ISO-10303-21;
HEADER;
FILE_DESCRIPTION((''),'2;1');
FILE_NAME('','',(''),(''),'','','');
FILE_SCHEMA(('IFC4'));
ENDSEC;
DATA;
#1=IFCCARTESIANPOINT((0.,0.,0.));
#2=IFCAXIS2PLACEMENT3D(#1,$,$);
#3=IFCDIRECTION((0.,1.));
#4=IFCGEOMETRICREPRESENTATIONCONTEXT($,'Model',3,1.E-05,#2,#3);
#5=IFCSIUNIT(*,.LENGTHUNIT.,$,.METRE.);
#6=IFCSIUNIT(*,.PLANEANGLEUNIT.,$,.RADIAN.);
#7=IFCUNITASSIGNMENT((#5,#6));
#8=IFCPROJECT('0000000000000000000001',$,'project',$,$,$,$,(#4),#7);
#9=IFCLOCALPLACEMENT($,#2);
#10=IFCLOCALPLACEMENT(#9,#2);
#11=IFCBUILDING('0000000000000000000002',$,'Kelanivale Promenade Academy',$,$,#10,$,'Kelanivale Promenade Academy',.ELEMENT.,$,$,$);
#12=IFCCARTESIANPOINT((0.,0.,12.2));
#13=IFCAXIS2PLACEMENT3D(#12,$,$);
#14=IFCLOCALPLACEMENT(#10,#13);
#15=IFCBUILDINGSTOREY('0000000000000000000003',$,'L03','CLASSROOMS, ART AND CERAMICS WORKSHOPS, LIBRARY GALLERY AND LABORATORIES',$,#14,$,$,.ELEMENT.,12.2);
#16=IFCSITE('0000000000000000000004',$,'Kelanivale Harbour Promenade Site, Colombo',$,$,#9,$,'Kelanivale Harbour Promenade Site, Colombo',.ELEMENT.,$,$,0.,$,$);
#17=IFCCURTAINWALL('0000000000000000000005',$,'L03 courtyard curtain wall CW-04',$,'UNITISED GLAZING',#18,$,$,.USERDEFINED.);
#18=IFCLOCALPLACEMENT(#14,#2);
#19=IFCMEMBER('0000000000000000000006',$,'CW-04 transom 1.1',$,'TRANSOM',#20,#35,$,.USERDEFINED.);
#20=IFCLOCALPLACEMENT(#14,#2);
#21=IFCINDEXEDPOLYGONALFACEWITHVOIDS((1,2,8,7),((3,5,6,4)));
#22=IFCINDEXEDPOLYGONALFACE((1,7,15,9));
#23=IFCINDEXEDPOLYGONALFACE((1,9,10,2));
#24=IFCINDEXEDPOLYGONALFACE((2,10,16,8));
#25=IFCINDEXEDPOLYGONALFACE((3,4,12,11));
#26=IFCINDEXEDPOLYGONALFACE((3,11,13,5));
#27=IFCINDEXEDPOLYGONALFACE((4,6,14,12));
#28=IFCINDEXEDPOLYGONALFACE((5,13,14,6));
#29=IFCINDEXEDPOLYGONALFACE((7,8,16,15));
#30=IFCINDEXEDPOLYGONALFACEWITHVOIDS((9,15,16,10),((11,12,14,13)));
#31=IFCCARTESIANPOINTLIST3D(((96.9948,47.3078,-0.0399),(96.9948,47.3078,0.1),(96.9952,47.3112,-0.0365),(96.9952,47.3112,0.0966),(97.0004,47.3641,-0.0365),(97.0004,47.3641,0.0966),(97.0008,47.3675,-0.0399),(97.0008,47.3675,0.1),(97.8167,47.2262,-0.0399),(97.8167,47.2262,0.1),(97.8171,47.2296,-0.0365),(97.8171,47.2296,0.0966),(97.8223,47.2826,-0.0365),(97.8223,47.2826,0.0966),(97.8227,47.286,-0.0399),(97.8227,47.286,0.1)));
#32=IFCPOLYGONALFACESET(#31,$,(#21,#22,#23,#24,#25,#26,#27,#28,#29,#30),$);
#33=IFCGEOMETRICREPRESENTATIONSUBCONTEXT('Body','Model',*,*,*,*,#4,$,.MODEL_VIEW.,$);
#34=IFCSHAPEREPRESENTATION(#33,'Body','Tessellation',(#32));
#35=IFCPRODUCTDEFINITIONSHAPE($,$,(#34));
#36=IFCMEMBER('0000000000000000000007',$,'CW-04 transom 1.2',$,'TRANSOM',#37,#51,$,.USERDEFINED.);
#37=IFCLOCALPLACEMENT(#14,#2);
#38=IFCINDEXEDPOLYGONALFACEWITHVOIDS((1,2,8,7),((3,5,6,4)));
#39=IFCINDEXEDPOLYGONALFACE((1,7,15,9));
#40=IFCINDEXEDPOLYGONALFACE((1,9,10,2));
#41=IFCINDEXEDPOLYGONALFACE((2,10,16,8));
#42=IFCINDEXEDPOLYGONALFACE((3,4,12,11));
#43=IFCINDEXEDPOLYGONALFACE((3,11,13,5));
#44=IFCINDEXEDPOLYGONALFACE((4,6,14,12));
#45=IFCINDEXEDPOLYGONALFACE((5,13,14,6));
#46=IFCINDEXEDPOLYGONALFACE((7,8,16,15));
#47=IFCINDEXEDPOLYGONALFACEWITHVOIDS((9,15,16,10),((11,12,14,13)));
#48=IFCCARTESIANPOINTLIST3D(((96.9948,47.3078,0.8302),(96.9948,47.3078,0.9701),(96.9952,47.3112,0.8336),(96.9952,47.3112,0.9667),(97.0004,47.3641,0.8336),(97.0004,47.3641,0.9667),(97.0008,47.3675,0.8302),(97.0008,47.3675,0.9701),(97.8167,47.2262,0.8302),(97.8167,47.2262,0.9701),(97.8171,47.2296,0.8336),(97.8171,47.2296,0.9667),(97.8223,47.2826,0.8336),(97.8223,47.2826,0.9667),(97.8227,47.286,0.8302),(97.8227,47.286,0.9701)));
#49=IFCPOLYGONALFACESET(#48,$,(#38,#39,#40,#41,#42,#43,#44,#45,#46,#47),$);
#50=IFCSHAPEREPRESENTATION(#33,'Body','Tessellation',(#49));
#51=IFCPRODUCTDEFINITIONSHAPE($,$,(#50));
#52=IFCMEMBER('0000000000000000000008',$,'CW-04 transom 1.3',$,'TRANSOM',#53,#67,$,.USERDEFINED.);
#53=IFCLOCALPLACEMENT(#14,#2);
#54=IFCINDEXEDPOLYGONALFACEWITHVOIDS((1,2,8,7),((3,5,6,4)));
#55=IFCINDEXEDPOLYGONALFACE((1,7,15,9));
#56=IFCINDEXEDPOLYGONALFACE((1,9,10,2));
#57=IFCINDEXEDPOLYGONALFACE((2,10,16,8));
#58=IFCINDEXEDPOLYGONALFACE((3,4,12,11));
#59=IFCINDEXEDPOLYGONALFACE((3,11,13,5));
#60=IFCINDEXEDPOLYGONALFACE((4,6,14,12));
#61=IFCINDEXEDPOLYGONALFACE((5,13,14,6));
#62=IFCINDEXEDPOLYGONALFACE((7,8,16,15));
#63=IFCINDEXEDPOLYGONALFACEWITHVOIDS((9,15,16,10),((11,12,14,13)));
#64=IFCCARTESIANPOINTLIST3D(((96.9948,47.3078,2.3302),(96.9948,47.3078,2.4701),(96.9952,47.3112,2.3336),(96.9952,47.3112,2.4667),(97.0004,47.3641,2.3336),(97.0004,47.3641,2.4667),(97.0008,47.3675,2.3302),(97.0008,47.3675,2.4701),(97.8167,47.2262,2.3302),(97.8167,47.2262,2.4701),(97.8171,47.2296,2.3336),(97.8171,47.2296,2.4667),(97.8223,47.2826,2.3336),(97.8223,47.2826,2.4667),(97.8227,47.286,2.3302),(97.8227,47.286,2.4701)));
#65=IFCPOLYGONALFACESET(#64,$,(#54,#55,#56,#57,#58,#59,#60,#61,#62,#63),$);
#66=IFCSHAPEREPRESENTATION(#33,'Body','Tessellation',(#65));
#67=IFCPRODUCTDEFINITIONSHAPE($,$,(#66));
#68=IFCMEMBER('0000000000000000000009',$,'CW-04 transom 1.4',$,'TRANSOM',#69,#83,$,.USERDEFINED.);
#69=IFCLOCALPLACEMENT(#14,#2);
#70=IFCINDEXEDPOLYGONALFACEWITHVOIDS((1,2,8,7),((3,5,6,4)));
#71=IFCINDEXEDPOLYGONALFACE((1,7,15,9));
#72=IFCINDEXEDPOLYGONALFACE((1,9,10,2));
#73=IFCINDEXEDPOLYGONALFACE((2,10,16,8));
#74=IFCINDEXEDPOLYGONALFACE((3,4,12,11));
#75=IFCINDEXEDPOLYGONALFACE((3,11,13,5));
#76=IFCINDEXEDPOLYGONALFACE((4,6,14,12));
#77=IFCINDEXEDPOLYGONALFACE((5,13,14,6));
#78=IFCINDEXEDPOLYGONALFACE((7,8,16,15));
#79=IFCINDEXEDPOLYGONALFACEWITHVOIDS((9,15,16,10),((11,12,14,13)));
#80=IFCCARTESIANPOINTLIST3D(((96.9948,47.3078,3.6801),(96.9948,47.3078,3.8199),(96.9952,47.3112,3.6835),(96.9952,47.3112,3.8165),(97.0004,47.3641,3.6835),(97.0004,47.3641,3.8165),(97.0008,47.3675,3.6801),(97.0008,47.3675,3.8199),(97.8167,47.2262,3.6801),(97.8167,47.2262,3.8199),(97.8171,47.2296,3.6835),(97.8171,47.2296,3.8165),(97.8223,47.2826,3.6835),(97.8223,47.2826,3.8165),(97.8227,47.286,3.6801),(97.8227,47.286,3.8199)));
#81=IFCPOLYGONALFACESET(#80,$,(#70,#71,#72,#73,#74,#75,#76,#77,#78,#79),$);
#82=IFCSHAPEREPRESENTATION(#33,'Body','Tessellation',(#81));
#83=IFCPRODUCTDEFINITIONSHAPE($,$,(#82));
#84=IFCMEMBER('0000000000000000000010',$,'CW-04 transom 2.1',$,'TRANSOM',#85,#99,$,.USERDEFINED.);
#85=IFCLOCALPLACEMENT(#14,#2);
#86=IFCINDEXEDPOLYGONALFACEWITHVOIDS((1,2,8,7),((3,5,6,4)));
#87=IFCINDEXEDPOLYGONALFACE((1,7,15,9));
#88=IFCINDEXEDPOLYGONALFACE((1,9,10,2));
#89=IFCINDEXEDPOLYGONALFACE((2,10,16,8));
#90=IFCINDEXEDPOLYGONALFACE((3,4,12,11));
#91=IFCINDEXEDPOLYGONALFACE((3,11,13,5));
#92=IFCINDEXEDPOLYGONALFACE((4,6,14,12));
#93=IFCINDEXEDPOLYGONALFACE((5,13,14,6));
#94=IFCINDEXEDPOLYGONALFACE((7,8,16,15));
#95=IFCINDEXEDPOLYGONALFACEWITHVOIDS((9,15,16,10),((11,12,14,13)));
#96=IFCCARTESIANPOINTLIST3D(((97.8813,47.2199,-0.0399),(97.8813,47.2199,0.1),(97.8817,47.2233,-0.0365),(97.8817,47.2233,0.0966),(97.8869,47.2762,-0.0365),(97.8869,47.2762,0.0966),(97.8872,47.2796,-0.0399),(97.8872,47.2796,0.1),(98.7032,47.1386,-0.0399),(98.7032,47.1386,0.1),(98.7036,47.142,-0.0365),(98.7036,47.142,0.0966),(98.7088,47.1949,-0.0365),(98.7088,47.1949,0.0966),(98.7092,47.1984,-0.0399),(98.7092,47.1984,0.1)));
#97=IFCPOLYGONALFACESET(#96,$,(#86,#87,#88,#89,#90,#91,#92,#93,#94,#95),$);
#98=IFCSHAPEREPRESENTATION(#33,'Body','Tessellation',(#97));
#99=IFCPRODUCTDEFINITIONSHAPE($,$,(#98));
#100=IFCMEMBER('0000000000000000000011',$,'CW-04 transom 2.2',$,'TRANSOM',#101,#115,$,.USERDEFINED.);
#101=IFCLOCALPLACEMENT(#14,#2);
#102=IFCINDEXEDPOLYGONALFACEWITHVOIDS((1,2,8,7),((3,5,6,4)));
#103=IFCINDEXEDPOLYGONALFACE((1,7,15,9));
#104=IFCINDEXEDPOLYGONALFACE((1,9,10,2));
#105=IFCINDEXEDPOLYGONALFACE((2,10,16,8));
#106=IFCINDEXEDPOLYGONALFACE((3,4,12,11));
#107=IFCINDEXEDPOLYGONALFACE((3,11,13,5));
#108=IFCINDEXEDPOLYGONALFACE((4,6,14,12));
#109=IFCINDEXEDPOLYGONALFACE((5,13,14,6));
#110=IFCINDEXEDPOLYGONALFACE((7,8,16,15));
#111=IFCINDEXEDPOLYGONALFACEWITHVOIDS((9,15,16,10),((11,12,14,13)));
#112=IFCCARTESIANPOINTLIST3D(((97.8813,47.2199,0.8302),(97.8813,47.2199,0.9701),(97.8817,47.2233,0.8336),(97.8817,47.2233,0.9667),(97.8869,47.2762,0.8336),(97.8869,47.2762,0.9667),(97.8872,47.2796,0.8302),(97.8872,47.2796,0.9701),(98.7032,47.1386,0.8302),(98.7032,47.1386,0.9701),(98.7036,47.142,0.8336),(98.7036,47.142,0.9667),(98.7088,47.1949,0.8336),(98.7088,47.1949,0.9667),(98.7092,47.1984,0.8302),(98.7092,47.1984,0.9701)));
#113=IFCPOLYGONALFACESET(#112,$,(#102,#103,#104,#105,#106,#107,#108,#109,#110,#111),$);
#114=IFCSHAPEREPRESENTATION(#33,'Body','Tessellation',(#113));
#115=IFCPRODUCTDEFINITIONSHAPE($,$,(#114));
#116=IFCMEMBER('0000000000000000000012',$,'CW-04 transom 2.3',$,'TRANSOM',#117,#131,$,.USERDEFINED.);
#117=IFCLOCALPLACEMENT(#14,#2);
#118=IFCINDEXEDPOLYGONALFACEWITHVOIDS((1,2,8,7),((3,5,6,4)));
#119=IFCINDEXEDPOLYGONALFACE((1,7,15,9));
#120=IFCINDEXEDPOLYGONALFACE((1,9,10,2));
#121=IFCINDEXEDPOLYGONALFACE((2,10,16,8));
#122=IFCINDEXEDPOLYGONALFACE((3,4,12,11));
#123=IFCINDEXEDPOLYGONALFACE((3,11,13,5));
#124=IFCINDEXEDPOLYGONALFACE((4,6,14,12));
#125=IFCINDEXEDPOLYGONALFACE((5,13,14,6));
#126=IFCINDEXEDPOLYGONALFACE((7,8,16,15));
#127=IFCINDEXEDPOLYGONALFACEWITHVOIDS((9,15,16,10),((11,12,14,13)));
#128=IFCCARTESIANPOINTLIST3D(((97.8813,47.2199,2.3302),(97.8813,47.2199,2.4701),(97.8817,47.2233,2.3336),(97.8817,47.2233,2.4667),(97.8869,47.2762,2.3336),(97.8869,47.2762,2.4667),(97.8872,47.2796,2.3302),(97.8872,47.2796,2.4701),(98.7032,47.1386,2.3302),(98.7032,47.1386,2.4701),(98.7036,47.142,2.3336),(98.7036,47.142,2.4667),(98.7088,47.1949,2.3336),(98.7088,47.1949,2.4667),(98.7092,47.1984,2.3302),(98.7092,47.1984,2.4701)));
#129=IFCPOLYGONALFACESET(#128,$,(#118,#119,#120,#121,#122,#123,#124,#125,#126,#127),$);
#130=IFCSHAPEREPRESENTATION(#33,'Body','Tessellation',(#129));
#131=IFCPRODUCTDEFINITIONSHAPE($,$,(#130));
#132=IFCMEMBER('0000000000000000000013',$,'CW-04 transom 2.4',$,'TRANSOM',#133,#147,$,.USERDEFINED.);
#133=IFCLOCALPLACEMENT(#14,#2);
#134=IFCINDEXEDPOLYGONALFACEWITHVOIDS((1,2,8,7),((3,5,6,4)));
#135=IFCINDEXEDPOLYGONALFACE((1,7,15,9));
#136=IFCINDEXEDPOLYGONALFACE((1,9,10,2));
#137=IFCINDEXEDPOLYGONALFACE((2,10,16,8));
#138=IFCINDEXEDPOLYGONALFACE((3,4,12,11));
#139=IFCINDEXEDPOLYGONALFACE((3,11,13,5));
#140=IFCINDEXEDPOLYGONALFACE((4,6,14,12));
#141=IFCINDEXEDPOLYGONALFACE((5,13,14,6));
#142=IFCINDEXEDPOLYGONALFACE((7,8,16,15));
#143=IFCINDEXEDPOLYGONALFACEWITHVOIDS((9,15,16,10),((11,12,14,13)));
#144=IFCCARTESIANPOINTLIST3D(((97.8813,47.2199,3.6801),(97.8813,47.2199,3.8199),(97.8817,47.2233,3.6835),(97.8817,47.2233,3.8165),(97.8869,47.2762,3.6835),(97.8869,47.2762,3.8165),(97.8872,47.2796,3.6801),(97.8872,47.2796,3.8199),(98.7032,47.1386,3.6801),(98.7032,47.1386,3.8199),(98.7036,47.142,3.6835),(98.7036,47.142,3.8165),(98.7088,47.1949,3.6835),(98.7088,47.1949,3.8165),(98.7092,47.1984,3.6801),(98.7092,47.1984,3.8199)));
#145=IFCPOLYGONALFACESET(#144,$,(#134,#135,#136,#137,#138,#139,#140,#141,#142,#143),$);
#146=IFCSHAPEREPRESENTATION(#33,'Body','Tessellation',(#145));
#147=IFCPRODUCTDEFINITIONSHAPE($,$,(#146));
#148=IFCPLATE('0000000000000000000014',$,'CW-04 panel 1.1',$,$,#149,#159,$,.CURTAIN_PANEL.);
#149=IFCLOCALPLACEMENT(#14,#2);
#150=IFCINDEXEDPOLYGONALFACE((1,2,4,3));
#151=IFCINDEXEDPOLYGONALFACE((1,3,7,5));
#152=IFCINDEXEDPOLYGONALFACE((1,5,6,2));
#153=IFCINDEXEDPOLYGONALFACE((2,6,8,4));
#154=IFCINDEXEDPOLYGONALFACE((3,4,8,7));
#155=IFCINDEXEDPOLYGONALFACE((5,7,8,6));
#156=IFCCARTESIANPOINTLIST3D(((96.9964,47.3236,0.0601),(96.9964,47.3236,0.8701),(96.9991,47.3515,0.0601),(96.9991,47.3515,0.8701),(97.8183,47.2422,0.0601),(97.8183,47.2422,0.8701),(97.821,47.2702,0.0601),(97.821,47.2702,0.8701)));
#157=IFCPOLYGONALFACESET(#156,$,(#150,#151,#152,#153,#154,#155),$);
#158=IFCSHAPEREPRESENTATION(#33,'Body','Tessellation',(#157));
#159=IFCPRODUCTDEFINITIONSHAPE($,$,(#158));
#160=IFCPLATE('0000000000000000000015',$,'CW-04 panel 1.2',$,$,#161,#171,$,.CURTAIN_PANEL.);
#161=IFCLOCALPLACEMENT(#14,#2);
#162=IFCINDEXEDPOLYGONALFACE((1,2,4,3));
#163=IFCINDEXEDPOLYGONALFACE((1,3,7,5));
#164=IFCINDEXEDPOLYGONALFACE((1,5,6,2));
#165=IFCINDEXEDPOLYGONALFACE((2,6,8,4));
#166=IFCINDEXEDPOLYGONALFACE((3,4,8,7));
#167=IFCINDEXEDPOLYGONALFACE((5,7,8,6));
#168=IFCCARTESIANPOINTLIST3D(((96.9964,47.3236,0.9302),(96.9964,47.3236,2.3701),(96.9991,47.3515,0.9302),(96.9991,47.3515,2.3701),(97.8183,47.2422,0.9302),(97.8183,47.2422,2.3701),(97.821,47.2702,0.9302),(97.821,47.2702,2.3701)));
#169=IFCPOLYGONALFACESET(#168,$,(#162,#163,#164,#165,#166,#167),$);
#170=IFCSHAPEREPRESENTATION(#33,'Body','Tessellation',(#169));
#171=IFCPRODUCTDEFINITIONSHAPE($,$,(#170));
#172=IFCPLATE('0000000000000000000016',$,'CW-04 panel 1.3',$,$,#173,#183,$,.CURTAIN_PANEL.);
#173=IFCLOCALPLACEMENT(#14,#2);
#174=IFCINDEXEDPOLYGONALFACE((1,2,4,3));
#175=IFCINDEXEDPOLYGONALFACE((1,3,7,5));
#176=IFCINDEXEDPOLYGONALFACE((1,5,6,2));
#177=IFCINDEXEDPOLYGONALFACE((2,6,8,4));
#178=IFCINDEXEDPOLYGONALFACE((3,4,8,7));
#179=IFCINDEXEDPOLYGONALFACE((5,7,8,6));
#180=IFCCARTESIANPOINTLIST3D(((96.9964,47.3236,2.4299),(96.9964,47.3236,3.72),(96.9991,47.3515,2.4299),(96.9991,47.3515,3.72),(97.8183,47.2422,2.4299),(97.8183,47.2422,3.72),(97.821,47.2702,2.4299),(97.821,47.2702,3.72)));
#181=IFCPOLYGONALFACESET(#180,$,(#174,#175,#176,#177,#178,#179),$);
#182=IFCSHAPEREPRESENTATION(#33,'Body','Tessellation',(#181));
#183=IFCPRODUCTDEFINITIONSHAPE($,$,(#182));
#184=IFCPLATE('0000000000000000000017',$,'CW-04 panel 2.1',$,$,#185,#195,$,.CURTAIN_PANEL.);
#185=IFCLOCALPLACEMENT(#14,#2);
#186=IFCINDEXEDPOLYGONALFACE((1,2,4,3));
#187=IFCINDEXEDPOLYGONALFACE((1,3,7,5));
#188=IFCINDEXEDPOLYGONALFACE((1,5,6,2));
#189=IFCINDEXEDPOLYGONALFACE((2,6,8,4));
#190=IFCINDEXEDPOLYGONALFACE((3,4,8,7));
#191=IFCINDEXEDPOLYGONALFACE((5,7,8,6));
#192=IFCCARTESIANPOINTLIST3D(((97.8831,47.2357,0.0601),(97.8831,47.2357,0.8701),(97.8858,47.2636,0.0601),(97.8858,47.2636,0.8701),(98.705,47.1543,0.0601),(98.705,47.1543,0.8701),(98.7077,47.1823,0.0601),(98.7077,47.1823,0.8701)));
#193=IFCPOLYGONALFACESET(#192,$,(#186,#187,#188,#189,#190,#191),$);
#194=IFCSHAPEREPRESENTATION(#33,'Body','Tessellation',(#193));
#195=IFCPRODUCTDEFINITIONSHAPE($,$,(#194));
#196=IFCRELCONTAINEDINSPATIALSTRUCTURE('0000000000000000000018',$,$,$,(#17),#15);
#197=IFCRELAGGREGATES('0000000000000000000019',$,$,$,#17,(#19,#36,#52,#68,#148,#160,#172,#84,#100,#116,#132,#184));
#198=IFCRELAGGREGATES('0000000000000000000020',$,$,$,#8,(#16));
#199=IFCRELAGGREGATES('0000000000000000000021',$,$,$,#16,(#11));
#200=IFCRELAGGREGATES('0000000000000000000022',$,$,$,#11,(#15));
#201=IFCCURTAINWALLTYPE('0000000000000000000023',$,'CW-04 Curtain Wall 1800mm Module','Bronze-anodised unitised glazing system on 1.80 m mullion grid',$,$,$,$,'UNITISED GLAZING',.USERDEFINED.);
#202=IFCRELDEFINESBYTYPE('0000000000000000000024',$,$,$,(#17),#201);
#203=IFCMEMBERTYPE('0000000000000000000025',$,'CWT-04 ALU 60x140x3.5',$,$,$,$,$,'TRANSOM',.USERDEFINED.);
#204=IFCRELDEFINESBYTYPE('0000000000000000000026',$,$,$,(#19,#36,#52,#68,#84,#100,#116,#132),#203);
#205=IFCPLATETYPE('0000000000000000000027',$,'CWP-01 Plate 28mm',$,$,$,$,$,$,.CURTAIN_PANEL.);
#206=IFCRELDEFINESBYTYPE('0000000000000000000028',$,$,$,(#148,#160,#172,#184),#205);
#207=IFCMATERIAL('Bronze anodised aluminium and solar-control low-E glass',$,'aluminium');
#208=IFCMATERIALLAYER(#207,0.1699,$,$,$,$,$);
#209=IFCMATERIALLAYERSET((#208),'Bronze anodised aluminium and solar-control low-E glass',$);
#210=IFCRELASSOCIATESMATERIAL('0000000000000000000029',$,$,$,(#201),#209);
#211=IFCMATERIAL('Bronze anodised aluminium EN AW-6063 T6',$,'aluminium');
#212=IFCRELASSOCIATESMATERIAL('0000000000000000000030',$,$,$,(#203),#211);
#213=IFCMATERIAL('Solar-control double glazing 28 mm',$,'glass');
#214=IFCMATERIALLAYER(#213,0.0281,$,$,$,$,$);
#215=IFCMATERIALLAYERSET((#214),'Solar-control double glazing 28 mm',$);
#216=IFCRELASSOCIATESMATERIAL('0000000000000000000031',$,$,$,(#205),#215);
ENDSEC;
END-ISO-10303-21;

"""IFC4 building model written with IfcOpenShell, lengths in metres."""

from ifc_helpers import new_model, si_unit, direction, frame, origin, origin_2d, place, context, subcontext, project, spatial, rectangle, hollow_rectangle, extrude, material, layer, layer_set, material_profile, profile_set, type_object, element, aggregate, save


model = new_model("IFC4")

# Units and contexts
model_context = context("Model", 3, precision=1e-05, world=origin(), true_north=direction((0.0, 1.0)))
body_context = subcontext(model_context, "Body", "Model", "MODEL_VIEW")
ifc_project = project(units=[si_unit("LENGTHUNIT", "METRE"), si_unit("PLANEANGLEUNIT", "RADIAN")], contexts=[model_context])

# Site, building, storey
site_placement = place(None, origin())
site = spatial("IfcSite", under=ifc_project, at=site_placement, Name="Kelanivale Harbour Promenade Site, Colombo", LongName="Kelanivale Harbour Promenade Site, Colombo", CompositionType="ELEMENT", RefElevation=0.0)
building_placement = place(site_placement, origin())
building = spatial("IfcBuilding", under=site, at=building_placement, Name="Kelanivale Promenade Academy", LongName="Kelanivale Promenade Academy", CompositionType="ELEMENT")
storey_placement = place(building_placement, frame((0.0, 0.0, 12.2)))
storey = spatial("IfcBuildingStorey", under=building, at=storey_placement, Name="L03", Description="CLASSROOMS, ART AND CERAMICS WORKSHOPS, LIBRARY GALLERY AND LABORATORIES", CompositionType="ELEMENT", Elevation=12.2)

# Shared definitions
ifc_material_1 = material(Name="Bronze anodised aluminium and solar-control low-E glass", Category="aluminium")
ifc_material_2 = material(Name="Bronze anodised aluminium EN AW-6063 T6", Category="aluminium")

# Curtain wall
ifc_layer_1 = layer(ifc_material_1, 0.1699)
ifc_layer_set_1 = layer_set([ifc_layer_1], Name="Bronze anodised aluminium and solar-control low-E glass")
curtain_wall_type_1 = type_object("IfcCurtainWallType", Name="CW-04 Curtain Wall 1800mm Module", Description="Bronze-anodised unitised glazing system on 1.80 m mullion grid", ElementType="UNITISED GLAZING", PredefinedType="USERDEFINED", material=ifc_layer_set_1)
curtain_wall_1_placement = place(storey_placement, origin())
curtain_wall_1 = element("IfcCurtainWall", 1, at=curtain_wall_1_placement, inside=storey, type_object=curtain_wall_type_1, Name="L03 courtyard curtain wall CW-04", ObjectType="UNITISED GLAZING", PredefinedType="USERDEFINED")

# Members
ifc_material_profile_1 = material_profile(ifc_material_2, hollow_rectangle(XDim=0.0601, YDim=0.1399, WallThickness=0.0034, at=origin_2d()), Name="ALU 60x140x3.5")
ifc_profile_set_1 = profile_set([ifc_material_profile_1], Name="Bronze anodised aluminium EN AW-6063 T6")
member_type_1 = type_object("IfcMemberType", Name="CWT-04 ALU 60x140x3.5", ElementType="TRANSOM", PredefinedType="USERDEFINED", material=ifc_profile_set_1)
member_1_placement = place(storey_placement, frame((96.9978, 47.3376, 0.03), z_axis=(0.995113, -0.098743, 0.0), x_axis=(0.098743, 0.995113, 0.0)))
member_1 = element("IfcMember", 2, at=member_1_placement, type_object=member_type_1, Name="CW-04 transom 1.1", ObjectType="TRANSOM", PredefinedType="USERDEFINED", context=body_context, shape_type="SweptSolid", body=[
    extrude(hollow_rectangle(XDim=0.0601, YDim=0.1399, WallThickness=0.0034, at=origin_2d()), origin(), (0.0, 0.0, 1.0), 0.8259),
])
member_2_placement = place(storey_placement, frame((96.9978, 47.3376, 0.9001), z_axis=(0.995113, -0.098743, 0.0), x_axis=(0.098743, 0.995113, 0.0)))
member_2 = element("IfcMember", 3, at=member_2_placement, type_object=member_type_1, Name="CW-04 transom 1.2", ObjectType="TRANSOM", PredefinedType="USERDEFINED", context=body_context, shape_type="SweptSolid", body=[
    extrude(hollow_rectangle(XDim=0.0601, YDim=0.1399, WallThickness=0.0034, at=origin_2d()), origin(), (0.0, 0.0, 1.0), 0.8259),
])
member_3_placement = place(storey_placement, frame((96.9978, 47.3376, 2.4001), z_axis=(0.995113, -0.098743, 0.0), x_axis=(0.098743, 0.995113, 0.0)))
member_3 = element("IfcMember", 4, at=member_3_placement, type_object=member_type_1, Name="CW-04 transom 1.3", ObjectType="TRANSOM", PredefinedType="USERDEFINED", context=body_context, shape_type="SweptSolid", body=[
    extrude(hollow_rectangle(XDim=0.0601, YDim=0.1399, WallThickness=0.0034, at=origin_2d()), origin(), (0.0, 0.0, 1.0), 0.8259),
])
member_4_placement = place(storey_placement, frame((96.9978, 47.3376, 3.75), z_axis=(0.995113, -0.098743, 0.0), x_axis=(0.098743, 0.995113, 0.0)))
member_4 = element("IfcMember", 5, at=member_4_placement, type_object=member_type_1, Name="CW-04 transom 1.4", ObjectType="TRANSOM", PredefinedType="USERDEFINED", context=body_context, shape_type="SweptSolid", body=[
    extrude(hollow_rectangle(XDim=0.0601, YDim=0.1399, WallThickness=0.0034, at=origin_2d()), origin(), (0.0, 0.0, 1.0), 0.8259),
])
member_5_placement = place(storey_placement, frame((97.8843, 47.2498, 0.03), z_axis=(0.995145, -0.098421, 0.0), x_axis=(0.098421, 0.995145, 0.0)))
member_5 = element("IfcMember", 6, at=member_5_placement, type_object=member_type_1, Name="CW-04 transom 2.1", ObjectType="TRANSOM", PredefinedType="USERDEFINED", context=body_context, shape_type="SweptSolid", body=[
    extrude(hollow_rectangle(XDim=0.0601, YDim=0.1399, WallThickness=0.0034, at=origin_2d()), origin(), (0.0, 0.0, 1.0), 0.8259),
])
member_6_placement = place(storey_placement, frame((97.8843, 47.2498, 0.9001), z_axis=(0.995145, -0.098421, 0.0), x_axis=(0.098421, 0.995145, 0.0)))
member_6 = element("IfcMember", 7, at=member_6_placement, type_object=member_type_1, Name="CW-04 transom 2.2", ObjectType="TRANSOM", PredefinedType="USERDEFINED", context=body_context, shape_type="SweptSolid", body=[
    extrude(hollow_rectangle(XDim=0.0601, YDim=0.1399, WallThickness=0.0034, at=origin_2d()), origin(), (0.0, 0.0, 1.0), 0.8259),
])
member_7_placement = place(storey_placement, frame((97.8843, 47.2498, 2.4001), z_axis=(0.995145, -0.098421, 0.0), x_axis=(0.098421, 0.995145, 0.0)))
member_7 = element("IfcMember", 8, at=member_7_placement, type_object=member_type_1, Name="CW-04 transom 2.3", ObjectType="TRANSOM", PredefinedType="USERDEFINED", context=body_context, shape_type="SweptSolid", body=[
    extrude(hollow_rectangle(XDim=0.0601, YDim=0.1399, WallThickness=0.0034, at=origin_2d()), origin(), (0.0, 0.0, 1.0), 0.8259),
])
member_8_placement = place(storey_placement, frame((97.8843, 47.2498, 3.75), z_axis=(0.995145, -0.098421, 0.0), x_axis=(0.098421, 0.995145, 0.0)))
member_8 = element("IfcMember", 9, at=member_8_placement, type_object=member_type_1, Name="CW-04 transom 2.4", ObjectType="TRANSOM", PredefinedType="USERDEFINED", context=body_context, shape_type="SweptSolid", body=[
    extrude(hollow_rectangle(XDim=0.0601, YDim=0.1399, WallThickness=0.0034, at=origin_2d()), origin(), (0.0, 0.0, 1.0), 0.8259),
])

# Plates
ifc_material_3 = material(Name="Solar-control double glazing 28 mm", Category="glass")
ifc_layer_2 = layer(ifc_material_3, 0.0281)
ifc_layer_set_2 = layer_set([ifc_layer_2], Name="Solar-control double glazing 28 mm")
plate_type = type_object("IfcPlateType", Name="CWP-01 Plate 28mm", PredefinedType="CURTAIN_PANEL", material=ifc_layer_set_2)
plate_1_placement = place(storey_placement, frame((97.4087, 47.2969, 0.0601), z_axis=(0.0, 0.0, 1.0), x_axis=(0.995133, -0.098539, 0.0)))
plate_1 = element("IfcPlate", 10, at=plate_1_placement, type_object=plate_type, Name="CW-04 panel 1.1", PredefinedType="CURTAIN_PANEL", context=body_context, shape_type="SweptSolid", body=[
    extrude(rectangle(XDim=0.8259, YDim=0.0281, at=origin_2d()), origin(), (0.0, 0.0, 1.0), 0.8101),
])
plate_2_placement = place(storey_placement, frame((97.4087, 47.2969, 0.9302), z_axis=(0.0, 0.0, 1.0), x_axis=(0.995133, -0.098539, 0.0)))
plate_2 = element("IfcPlate", 11, at=plate_2_placement, type_object=plate_type, Name="CW-04 panel 1.2", PredefinedType="CURTAIN_PANEL", context=body_context, shape_type="SweptSolid", body=[
    extrude(rectangle(XDim=0.8259, YDim=0.0281, at=origin_2d()), origin(), (0.0, 0.0, 1.0), 1.4399),
])
plate_3_placement = place(storey_placement, frame((97.4087, 47.2969, 2.4299), z_axis=(0.0, 0.0, 1.0), x_axis=(0.995133, -0.098539, 0.0)))
plate_3 = element("IfcPlate", 12, at=plate_3_placement, type_object=plate_type, Name="CW-04 panel 1.3", PredefinedType="CURTAIN_PANEL", context=body_context, shape_type="SweptSolid", body=[
    extrude(rectangle(XDim=0.8259, YDim=0.0281, at=origin_2d()), origin(), (0.0, 0.0, 1.0), 1.29),
])
plate_4_placement = place(storey_placement, frame((98.2954, 47.209, 0.0601), z_axis=(0.0, 0.0, 1.0), x_axis=(0.995133, -0.098539, 0.0)))
plate_4 = element("IfcPlate", 13, at=plate_4_placement, type_object=plate_type, Name="CW-04 panel 2.1", PredefinedType="CURTAIN_PANEL", context=body_context, shape_type="SweptSolid", body=[
    extrude(rectangle(XDim=0.8259, YDim=0.0281, at=origin_2d()), origin(), (0.0, 0.0, 1.0), 0.8101),
])
aggregate(curtain_wall_1, [member_1, member_2, member_3, member_4, plate_1, plate_2, plate_3, member_5, member_6, member_7, member_8, plate_4])

save(model, "model.ifc")
